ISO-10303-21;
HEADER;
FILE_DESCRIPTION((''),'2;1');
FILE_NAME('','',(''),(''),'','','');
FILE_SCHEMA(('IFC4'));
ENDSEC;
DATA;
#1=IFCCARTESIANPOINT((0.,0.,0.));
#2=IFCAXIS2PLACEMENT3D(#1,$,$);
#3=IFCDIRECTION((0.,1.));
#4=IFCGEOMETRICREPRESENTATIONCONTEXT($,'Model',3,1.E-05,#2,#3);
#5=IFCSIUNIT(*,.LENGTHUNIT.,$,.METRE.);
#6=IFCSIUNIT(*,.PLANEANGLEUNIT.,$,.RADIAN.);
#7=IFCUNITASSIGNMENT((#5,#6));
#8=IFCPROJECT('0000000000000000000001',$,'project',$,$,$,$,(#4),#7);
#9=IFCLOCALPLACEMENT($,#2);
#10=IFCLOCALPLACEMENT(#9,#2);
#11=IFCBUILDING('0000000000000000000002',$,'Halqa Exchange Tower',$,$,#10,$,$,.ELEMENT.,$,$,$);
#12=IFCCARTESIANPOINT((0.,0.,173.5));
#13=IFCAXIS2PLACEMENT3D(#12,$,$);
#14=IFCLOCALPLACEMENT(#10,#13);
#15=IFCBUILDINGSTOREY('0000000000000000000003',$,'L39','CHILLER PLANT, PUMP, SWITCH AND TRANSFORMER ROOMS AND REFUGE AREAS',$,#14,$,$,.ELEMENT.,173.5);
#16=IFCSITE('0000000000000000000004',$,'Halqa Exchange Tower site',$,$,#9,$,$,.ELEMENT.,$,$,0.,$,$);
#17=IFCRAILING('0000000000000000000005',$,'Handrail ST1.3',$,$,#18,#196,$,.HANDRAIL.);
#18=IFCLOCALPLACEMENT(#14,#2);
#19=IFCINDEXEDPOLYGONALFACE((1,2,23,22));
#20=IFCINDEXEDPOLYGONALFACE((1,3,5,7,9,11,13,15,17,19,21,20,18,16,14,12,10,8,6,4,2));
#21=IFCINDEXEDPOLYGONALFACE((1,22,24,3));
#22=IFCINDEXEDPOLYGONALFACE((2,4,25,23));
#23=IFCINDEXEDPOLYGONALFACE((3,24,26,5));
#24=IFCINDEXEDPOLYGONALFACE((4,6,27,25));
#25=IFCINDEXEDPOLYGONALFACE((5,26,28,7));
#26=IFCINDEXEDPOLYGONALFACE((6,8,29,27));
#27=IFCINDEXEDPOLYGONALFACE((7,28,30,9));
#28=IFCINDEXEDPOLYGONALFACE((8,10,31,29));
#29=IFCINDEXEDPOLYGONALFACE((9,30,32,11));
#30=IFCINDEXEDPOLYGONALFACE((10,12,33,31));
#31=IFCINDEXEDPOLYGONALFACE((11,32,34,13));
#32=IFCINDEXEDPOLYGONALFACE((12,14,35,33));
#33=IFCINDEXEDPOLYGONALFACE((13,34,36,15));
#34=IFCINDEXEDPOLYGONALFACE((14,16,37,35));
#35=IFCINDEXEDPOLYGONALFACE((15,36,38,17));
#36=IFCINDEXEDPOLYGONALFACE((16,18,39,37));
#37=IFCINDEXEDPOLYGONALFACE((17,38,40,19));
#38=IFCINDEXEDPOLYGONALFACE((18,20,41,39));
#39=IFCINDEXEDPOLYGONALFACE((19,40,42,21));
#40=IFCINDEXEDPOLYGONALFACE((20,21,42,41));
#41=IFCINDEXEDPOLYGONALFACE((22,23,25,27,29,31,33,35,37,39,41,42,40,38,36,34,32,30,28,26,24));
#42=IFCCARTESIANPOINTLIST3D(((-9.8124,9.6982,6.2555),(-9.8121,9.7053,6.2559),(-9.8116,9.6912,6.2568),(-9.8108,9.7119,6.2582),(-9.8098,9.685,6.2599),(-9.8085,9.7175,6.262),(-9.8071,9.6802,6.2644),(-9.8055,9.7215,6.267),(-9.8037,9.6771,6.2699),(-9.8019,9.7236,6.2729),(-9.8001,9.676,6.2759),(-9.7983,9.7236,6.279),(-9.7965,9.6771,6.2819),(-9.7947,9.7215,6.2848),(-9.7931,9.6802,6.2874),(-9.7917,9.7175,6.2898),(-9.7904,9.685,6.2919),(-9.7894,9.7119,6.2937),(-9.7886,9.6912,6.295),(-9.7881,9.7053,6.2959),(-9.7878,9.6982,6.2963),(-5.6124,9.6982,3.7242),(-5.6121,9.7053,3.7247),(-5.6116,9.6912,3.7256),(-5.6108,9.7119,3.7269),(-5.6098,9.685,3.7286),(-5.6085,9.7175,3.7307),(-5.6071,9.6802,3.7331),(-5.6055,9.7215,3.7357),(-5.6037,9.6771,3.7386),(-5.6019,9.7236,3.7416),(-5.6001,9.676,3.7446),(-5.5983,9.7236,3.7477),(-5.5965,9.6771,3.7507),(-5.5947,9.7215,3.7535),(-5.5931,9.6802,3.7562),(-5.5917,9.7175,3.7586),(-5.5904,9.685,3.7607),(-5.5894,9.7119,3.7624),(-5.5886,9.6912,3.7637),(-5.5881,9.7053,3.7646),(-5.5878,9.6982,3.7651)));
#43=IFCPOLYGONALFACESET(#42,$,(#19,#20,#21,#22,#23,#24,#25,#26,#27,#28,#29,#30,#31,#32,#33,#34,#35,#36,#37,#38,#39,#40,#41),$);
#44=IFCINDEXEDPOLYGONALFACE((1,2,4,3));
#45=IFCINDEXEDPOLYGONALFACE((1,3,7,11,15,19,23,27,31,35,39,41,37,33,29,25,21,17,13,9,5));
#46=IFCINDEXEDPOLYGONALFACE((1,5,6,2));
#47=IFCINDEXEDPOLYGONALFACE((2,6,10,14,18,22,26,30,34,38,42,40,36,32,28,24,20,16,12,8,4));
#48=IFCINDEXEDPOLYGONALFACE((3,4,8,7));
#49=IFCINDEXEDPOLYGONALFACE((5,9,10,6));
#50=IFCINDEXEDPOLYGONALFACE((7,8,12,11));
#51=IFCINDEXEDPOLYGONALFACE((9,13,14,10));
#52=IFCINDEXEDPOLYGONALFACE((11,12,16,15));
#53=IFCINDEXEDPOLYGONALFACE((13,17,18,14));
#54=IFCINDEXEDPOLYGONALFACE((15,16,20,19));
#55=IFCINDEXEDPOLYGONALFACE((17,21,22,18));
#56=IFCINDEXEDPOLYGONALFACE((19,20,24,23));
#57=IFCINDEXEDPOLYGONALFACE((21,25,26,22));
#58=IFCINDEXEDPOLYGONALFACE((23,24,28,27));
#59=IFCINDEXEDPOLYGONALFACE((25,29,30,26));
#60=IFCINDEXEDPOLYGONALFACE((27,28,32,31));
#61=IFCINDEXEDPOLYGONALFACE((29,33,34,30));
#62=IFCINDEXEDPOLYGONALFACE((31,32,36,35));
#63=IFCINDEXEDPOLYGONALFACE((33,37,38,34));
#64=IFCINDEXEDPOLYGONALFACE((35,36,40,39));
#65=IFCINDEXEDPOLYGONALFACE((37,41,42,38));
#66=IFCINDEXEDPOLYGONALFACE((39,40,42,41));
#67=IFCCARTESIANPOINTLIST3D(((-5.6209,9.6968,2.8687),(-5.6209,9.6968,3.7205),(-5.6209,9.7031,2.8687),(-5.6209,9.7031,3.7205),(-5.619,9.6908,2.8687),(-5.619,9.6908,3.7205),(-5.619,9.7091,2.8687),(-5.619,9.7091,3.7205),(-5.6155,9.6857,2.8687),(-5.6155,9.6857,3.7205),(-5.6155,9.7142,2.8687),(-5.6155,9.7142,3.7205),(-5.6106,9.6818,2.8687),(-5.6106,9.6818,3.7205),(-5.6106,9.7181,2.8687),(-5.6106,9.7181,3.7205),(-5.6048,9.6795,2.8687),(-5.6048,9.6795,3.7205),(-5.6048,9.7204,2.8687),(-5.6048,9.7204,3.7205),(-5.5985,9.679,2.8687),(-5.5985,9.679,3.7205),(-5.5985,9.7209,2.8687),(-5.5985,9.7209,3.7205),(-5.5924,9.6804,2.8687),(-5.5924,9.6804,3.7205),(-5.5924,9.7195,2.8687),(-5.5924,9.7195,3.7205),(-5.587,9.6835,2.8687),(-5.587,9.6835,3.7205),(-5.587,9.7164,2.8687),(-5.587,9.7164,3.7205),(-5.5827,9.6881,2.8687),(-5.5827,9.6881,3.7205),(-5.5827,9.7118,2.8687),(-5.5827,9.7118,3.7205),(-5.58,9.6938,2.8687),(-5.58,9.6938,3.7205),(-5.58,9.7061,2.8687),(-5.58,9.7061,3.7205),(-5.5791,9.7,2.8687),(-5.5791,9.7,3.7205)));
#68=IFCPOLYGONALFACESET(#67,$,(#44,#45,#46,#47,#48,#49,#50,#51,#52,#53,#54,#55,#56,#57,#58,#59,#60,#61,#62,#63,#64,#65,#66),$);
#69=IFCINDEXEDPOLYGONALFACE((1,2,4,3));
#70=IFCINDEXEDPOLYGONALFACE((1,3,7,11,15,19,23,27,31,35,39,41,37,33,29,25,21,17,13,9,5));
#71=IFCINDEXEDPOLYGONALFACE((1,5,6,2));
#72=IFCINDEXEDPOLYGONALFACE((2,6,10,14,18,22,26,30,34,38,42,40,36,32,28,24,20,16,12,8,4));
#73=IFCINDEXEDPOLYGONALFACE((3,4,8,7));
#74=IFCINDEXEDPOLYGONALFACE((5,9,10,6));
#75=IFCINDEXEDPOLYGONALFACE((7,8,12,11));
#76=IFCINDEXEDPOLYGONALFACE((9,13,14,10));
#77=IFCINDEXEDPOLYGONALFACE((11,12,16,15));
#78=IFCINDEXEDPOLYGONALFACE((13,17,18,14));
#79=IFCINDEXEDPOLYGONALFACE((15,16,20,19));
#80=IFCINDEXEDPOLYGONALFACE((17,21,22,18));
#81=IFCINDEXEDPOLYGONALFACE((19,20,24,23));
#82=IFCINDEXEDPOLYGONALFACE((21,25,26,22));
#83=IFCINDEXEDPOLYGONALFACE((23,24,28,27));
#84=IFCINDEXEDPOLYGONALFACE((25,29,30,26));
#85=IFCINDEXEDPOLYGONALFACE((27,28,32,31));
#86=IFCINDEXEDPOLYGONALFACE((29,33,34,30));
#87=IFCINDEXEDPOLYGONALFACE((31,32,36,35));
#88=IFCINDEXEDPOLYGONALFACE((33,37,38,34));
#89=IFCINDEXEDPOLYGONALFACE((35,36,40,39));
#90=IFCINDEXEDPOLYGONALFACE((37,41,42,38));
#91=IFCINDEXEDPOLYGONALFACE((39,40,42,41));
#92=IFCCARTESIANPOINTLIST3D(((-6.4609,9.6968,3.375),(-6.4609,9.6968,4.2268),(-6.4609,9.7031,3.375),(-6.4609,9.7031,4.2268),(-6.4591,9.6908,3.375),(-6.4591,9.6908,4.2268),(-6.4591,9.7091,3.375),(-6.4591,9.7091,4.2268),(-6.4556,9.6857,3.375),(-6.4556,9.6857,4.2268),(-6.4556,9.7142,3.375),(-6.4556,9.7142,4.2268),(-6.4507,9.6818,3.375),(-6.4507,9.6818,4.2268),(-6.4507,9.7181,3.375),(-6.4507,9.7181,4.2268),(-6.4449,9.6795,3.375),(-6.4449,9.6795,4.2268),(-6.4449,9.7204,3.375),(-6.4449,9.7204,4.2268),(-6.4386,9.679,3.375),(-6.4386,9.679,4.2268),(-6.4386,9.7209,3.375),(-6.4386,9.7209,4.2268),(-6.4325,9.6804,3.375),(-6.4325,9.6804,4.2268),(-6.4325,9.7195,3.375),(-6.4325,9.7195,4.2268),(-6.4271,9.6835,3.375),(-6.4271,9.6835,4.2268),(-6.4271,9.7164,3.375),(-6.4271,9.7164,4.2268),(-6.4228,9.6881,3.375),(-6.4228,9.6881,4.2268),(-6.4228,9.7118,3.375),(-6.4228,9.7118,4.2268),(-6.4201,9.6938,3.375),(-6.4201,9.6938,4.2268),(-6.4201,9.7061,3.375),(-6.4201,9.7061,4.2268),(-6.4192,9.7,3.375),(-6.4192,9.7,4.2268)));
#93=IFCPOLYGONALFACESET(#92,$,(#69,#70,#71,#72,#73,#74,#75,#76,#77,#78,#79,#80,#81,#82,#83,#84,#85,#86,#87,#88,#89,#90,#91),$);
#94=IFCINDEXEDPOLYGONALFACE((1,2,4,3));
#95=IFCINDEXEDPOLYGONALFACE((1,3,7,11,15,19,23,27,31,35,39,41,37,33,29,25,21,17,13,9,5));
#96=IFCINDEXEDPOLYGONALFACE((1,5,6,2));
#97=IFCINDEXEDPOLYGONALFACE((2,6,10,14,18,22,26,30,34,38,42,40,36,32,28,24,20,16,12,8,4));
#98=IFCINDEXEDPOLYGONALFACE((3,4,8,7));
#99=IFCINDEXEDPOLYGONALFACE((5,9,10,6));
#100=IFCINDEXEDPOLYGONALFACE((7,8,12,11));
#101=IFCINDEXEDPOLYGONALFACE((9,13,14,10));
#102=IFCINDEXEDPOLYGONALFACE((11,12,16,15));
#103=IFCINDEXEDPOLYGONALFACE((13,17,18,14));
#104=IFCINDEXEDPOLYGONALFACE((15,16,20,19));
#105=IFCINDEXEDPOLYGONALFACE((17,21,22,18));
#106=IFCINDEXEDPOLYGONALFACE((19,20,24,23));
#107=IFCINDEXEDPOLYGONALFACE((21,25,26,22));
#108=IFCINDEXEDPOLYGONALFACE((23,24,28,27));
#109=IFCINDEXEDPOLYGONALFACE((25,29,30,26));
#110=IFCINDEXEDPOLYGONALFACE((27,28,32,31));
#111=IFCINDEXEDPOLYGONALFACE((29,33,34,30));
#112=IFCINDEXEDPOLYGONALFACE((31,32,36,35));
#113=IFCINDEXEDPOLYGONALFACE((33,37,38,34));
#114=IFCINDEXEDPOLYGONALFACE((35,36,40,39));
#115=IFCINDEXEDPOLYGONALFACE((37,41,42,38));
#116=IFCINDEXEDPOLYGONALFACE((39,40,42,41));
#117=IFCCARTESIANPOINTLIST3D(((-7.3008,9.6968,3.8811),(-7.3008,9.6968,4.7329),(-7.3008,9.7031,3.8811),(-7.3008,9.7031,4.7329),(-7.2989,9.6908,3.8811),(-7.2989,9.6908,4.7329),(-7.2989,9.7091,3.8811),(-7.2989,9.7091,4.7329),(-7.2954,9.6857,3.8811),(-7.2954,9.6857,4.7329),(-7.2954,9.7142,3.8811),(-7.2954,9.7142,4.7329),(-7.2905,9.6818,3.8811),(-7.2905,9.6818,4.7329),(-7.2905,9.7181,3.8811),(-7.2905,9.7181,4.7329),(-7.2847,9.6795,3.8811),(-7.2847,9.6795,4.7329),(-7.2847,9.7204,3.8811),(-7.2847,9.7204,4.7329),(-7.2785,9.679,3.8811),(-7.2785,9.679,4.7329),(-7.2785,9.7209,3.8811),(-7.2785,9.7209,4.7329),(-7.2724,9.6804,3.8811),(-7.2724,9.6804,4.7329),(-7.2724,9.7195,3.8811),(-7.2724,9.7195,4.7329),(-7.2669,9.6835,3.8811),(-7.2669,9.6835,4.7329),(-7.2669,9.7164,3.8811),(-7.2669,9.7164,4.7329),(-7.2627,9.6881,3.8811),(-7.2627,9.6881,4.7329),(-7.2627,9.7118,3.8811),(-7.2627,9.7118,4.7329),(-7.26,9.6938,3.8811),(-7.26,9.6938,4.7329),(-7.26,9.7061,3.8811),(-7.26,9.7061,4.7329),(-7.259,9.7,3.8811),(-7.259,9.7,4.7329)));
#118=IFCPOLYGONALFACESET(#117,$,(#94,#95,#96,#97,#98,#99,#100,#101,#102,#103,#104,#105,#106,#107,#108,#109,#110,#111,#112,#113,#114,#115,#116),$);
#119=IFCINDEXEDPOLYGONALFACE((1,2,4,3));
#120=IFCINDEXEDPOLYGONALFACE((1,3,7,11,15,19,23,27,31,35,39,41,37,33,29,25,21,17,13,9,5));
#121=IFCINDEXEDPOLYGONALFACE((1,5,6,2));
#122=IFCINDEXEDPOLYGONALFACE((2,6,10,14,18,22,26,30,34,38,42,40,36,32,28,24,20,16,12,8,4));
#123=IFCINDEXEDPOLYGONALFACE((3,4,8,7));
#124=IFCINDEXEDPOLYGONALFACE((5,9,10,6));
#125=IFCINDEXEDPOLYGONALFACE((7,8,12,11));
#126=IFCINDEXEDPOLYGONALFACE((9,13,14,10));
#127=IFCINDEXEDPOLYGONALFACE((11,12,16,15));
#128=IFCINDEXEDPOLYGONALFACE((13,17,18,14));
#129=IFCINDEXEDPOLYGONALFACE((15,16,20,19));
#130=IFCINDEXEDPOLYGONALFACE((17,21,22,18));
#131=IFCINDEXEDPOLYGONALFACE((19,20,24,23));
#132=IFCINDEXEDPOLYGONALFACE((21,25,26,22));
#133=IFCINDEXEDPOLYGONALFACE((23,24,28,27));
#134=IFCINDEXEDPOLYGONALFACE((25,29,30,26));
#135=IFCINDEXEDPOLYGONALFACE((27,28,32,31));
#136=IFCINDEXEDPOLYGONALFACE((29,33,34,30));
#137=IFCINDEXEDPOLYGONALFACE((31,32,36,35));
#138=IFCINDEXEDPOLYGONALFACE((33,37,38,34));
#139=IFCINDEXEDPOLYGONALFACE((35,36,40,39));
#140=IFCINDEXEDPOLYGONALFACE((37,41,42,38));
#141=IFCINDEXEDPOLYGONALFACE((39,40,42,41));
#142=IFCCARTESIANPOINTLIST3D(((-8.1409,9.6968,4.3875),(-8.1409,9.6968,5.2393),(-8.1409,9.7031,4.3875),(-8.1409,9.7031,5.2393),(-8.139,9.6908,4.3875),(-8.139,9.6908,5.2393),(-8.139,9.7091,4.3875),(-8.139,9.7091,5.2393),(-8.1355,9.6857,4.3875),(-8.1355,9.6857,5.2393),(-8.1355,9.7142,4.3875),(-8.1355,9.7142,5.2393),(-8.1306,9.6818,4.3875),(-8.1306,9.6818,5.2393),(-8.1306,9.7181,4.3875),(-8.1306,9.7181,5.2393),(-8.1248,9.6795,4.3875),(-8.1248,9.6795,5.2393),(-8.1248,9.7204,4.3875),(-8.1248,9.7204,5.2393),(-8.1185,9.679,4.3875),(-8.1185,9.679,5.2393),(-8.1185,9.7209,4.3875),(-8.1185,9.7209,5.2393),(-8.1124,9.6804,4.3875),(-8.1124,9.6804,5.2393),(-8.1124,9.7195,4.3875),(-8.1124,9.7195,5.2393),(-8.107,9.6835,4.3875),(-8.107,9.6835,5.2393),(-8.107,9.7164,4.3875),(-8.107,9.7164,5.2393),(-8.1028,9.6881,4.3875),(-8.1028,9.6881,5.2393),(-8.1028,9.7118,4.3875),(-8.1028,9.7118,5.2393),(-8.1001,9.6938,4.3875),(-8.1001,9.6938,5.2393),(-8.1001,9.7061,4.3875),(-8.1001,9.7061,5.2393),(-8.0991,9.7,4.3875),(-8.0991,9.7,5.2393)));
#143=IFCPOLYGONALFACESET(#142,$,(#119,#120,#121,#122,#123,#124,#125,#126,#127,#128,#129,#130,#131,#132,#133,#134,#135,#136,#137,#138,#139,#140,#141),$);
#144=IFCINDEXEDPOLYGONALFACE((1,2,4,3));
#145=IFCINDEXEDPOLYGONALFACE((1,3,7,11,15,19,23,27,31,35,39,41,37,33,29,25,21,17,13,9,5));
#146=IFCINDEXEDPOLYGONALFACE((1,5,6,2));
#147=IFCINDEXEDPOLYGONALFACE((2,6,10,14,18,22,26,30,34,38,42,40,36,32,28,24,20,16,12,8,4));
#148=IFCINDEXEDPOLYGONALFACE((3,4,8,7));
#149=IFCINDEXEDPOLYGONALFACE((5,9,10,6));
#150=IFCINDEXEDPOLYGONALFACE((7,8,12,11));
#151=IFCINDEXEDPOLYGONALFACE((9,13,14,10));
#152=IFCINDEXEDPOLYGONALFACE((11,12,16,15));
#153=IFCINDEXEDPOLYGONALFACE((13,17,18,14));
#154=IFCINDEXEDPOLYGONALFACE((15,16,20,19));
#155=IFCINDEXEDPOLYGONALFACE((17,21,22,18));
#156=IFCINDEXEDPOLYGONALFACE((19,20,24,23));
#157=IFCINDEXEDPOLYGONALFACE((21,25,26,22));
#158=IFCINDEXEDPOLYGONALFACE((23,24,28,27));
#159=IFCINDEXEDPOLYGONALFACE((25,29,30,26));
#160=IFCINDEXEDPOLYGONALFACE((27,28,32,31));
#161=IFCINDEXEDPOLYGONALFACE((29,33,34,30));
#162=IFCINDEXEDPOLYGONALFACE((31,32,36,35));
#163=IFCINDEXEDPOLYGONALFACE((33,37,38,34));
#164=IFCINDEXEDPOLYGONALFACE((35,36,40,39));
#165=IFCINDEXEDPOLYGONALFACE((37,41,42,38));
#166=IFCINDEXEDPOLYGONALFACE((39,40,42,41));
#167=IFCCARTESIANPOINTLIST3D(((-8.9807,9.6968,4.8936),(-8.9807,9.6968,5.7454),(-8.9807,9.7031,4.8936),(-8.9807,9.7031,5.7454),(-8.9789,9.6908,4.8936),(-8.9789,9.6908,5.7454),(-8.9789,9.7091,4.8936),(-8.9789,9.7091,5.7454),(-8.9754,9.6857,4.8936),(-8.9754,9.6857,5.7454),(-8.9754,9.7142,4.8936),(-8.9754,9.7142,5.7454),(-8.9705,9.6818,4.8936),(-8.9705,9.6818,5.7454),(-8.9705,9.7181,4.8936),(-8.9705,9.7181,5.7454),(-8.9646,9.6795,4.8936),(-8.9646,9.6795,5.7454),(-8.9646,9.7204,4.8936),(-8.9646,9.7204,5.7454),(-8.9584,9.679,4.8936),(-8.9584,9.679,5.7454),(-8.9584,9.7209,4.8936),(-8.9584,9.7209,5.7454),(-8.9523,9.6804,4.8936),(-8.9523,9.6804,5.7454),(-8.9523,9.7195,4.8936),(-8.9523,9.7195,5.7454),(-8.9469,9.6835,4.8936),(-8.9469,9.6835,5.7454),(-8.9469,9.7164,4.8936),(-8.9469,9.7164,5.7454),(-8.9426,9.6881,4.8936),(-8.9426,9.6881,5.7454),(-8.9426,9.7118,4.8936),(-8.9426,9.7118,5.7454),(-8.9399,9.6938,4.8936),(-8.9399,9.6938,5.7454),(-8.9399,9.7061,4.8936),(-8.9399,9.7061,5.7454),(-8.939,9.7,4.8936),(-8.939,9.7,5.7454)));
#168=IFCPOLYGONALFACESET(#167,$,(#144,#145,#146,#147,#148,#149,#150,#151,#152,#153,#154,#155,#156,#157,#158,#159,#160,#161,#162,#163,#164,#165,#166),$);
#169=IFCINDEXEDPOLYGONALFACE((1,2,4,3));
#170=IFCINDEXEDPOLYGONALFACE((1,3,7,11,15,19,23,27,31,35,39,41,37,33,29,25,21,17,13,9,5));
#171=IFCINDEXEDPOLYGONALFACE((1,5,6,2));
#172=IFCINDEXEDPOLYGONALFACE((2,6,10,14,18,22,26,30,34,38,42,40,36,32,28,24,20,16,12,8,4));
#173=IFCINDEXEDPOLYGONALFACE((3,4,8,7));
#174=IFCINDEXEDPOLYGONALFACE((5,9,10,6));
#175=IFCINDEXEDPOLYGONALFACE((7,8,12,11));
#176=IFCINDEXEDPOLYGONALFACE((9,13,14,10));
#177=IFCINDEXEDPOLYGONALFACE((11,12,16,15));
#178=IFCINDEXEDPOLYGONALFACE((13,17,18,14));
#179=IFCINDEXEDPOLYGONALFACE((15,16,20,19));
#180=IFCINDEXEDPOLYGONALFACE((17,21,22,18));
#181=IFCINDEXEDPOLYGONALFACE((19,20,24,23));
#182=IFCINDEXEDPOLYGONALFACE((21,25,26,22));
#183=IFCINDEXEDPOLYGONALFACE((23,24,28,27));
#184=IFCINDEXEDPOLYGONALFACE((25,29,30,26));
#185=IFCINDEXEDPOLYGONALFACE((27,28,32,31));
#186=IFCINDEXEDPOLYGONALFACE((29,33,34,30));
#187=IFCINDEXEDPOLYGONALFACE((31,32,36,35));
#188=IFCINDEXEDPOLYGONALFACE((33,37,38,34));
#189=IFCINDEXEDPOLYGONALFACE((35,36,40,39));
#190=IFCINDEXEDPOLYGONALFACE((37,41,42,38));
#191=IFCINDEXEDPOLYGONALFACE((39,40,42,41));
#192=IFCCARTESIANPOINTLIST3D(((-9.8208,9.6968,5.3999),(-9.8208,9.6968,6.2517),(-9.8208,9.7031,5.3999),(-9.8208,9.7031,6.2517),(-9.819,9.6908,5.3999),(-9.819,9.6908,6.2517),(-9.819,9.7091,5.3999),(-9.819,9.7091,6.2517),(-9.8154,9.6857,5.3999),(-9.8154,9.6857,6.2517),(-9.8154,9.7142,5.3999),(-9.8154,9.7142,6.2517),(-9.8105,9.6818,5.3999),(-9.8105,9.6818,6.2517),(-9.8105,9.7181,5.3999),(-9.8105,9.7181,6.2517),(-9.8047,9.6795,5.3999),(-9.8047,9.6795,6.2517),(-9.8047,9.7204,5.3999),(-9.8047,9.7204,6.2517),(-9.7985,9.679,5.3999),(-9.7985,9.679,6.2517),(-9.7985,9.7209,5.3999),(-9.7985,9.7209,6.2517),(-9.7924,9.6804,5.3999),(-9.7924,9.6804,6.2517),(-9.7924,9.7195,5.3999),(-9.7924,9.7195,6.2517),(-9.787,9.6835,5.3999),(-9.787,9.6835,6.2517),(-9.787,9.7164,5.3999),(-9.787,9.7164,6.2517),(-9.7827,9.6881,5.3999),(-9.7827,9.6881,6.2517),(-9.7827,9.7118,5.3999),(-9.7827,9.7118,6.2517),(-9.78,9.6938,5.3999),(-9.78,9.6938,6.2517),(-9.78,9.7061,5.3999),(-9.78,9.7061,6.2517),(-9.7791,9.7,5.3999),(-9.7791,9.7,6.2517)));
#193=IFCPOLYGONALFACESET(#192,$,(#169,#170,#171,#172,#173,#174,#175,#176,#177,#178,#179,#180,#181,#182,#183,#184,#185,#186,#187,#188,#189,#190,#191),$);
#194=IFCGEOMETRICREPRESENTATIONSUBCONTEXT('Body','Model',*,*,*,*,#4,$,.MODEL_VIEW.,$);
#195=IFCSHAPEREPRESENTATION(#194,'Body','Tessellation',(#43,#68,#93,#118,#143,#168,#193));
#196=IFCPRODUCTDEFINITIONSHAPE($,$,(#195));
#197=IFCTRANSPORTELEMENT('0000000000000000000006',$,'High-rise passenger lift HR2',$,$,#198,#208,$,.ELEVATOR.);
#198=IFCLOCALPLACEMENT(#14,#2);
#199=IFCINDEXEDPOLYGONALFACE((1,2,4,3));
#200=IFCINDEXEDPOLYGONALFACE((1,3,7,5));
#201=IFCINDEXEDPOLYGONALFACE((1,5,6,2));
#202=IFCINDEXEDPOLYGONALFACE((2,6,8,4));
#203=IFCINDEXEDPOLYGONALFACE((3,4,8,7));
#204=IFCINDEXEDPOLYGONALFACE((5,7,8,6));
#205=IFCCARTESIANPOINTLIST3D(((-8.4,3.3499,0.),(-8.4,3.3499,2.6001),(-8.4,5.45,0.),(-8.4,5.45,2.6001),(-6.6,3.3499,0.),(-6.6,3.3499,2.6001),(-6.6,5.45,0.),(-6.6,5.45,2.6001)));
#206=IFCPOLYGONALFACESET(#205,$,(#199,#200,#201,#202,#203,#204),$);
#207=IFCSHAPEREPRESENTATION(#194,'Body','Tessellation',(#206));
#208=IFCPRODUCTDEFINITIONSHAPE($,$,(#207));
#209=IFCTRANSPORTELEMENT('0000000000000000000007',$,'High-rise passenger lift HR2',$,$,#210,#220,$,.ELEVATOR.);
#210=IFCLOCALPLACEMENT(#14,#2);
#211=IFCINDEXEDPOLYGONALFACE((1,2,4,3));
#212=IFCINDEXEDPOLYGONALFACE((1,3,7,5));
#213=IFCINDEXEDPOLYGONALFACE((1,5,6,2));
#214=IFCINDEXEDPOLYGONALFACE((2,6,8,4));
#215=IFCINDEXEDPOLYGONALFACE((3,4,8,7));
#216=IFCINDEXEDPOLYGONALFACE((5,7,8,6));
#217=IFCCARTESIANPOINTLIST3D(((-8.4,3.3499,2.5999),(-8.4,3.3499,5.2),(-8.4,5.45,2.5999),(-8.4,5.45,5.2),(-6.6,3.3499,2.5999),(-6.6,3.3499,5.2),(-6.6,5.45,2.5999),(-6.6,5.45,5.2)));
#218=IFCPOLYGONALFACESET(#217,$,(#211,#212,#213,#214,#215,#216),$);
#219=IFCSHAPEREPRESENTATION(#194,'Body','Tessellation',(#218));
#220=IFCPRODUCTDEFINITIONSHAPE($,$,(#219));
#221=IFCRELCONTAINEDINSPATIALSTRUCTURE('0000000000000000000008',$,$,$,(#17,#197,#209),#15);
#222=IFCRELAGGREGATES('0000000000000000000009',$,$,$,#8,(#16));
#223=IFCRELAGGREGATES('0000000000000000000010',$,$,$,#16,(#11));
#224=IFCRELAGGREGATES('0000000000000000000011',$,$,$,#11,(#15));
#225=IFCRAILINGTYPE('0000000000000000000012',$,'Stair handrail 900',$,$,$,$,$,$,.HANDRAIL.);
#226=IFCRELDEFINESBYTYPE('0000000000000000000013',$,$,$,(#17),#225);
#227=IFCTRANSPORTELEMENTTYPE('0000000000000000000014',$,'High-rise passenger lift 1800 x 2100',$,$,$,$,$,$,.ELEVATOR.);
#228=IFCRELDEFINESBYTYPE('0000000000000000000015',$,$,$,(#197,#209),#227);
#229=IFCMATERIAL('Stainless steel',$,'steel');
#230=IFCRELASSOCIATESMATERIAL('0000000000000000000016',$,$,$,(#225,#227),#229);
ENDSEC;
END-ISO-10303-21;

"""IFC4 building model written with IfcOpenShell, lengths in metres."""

from ifc_helpers import new_model, si_unit, direction, frame, origin, origin_2d, place, context, subcontext, project, spatial, rectangle, circle, extrude, material, type_object, element, save


model = new_model("IFC4")

# Units and contexts
model_context = context("Model", 3, precision=1e-05, world=origin(), true_north=direction((0.0, 1.0)))
body_context = subcontext(model_context, "Body", "Model", "MODEL_VIEW")
ifc_project = project(units=[si_unit("LENGTHUNIT", "METRE"), si_unit("PLANEANGLEUNIT", "RADIAN")], contexts=[model_context])

# Site, building, storey
site_placement = place(None, origin())
site = spatial("IfcSite", under=ifc_project, at=site_placement, Name="Halqa Exchange Tower site", CompositionType="ELEMENT", RefElevation=0.0)
building_placement = place(site_placement, origin())
building = spatial("IfcBuilding", under=site, at=building_placement, Name="Halqa Exchange Tower", CompositionType="ELEMENT")
storey_placement = place(building_placement, frame((0.0, 0.0, 173.5)))
storey = spatial("IfcBuildingStorey", under=building, at=storey_placement, Name="L39", Description="CHILLER PLANT, PUMP, SWITCH AND TRANSFORMER ROOMS AND REFUGE AREAS", CompositionType="ELEMENT", Elevation=173.5)

# Railing
ifc_material_1 = material(Name="Stainless steel", Category="steel")
railing_type = type_object("IfcRailingType", Name="Stair handrail 900", PredefinedType="HANDRAIL", material=ifc_material_1)
railing_1_placement = place(storey_placement, frame((-5.6001, 9.7, 2.8687)))
element("IfcRailing", 1, at=railing_1_placement, inside=storey, type_object=railing_type, Name="Handrail ST1.3", PredefinedType="HANDRAIL", context=body_context, shape_type="SweptSolid", body=[
    extrude(circle(Radius=0.0239, at=origin_2d()), frame((0.0, 0.0, 0.876), z_axis=(-0.856476, 0.0, 0.516186), x_axis=(0.0, -1.0, 0.0)), (0.0, 0.0, 1.0), 4.9038),
    extrude(circle(Radius=0.021, at=origin_2d()), origin(), (0.0, 0.0, 1.0), 0.8518),
    extrude(circle(Radius=0.021, at=origin_2d()), frame((-0.8401, 0.0, 0.5063)), (0.0, 0.0, 1.0), 0.8518),
    extrude(circle(Radius=0.021, at=origin_2d()), frame((-1.6799, 0.0, 1.0125)), (0.0, 0.0, 1.0), 0.8518),
    extrude(circle(Radius=0.021, at=origin_2d()), frame((-2.52, 0.0, 1.5188)), (0.0, 0.0, 1.0), 0.8518),
    extrude(circle(Radius=0.021, at=origin_2d()), frame((-3.3599, 0.0, 2.0249)), (0.0, 0.0, 1.0), 0.8518),
    extrude(circle(Radius=0.021, at=origin_2d()), frame((-4.2, 0.0, 2.5312)), (0.0, 0.0, 1.0), 0.8518),
])

# Transport elements
transport_element_type_1 = type_object("IfcTransportElementType", Name="High-rise passenger lift 1800 x 2100", PredefinedType="ELEVATOR", material=ifc_material_1)
for number, where, z_axis, x_axis, name in (
    (2, (-7.5, 4.3999, 0.0), (0.0, 0.0, 1.0), (1.0, 0.0, 0.0), "High-rise passenger lift HR2"),
    (3, (-7.5, 4.3999, 2.5999), (0.0, 0.0, 1.0), (1.0, 0.0, 0.0), "High-rise passenger lift HR2"),
):
    element("IfcTransportElement", number, at=place(storey_placement, frame(where, z_axis=z_axis, x_axis=x_axis)), inside=storey, type_object=transport_element_type_1, Name=name, PredefinedType="ELEVATOR", context=body_context, shape_type="SweptSolid", body=[
        extrude(rectangle(XDim=1.8, YDim=2.1001, at=origin_2d()), origin(), (0.0, 0.0, 1.0), 2.6001),
    ])

save(model, "model.ifc")
